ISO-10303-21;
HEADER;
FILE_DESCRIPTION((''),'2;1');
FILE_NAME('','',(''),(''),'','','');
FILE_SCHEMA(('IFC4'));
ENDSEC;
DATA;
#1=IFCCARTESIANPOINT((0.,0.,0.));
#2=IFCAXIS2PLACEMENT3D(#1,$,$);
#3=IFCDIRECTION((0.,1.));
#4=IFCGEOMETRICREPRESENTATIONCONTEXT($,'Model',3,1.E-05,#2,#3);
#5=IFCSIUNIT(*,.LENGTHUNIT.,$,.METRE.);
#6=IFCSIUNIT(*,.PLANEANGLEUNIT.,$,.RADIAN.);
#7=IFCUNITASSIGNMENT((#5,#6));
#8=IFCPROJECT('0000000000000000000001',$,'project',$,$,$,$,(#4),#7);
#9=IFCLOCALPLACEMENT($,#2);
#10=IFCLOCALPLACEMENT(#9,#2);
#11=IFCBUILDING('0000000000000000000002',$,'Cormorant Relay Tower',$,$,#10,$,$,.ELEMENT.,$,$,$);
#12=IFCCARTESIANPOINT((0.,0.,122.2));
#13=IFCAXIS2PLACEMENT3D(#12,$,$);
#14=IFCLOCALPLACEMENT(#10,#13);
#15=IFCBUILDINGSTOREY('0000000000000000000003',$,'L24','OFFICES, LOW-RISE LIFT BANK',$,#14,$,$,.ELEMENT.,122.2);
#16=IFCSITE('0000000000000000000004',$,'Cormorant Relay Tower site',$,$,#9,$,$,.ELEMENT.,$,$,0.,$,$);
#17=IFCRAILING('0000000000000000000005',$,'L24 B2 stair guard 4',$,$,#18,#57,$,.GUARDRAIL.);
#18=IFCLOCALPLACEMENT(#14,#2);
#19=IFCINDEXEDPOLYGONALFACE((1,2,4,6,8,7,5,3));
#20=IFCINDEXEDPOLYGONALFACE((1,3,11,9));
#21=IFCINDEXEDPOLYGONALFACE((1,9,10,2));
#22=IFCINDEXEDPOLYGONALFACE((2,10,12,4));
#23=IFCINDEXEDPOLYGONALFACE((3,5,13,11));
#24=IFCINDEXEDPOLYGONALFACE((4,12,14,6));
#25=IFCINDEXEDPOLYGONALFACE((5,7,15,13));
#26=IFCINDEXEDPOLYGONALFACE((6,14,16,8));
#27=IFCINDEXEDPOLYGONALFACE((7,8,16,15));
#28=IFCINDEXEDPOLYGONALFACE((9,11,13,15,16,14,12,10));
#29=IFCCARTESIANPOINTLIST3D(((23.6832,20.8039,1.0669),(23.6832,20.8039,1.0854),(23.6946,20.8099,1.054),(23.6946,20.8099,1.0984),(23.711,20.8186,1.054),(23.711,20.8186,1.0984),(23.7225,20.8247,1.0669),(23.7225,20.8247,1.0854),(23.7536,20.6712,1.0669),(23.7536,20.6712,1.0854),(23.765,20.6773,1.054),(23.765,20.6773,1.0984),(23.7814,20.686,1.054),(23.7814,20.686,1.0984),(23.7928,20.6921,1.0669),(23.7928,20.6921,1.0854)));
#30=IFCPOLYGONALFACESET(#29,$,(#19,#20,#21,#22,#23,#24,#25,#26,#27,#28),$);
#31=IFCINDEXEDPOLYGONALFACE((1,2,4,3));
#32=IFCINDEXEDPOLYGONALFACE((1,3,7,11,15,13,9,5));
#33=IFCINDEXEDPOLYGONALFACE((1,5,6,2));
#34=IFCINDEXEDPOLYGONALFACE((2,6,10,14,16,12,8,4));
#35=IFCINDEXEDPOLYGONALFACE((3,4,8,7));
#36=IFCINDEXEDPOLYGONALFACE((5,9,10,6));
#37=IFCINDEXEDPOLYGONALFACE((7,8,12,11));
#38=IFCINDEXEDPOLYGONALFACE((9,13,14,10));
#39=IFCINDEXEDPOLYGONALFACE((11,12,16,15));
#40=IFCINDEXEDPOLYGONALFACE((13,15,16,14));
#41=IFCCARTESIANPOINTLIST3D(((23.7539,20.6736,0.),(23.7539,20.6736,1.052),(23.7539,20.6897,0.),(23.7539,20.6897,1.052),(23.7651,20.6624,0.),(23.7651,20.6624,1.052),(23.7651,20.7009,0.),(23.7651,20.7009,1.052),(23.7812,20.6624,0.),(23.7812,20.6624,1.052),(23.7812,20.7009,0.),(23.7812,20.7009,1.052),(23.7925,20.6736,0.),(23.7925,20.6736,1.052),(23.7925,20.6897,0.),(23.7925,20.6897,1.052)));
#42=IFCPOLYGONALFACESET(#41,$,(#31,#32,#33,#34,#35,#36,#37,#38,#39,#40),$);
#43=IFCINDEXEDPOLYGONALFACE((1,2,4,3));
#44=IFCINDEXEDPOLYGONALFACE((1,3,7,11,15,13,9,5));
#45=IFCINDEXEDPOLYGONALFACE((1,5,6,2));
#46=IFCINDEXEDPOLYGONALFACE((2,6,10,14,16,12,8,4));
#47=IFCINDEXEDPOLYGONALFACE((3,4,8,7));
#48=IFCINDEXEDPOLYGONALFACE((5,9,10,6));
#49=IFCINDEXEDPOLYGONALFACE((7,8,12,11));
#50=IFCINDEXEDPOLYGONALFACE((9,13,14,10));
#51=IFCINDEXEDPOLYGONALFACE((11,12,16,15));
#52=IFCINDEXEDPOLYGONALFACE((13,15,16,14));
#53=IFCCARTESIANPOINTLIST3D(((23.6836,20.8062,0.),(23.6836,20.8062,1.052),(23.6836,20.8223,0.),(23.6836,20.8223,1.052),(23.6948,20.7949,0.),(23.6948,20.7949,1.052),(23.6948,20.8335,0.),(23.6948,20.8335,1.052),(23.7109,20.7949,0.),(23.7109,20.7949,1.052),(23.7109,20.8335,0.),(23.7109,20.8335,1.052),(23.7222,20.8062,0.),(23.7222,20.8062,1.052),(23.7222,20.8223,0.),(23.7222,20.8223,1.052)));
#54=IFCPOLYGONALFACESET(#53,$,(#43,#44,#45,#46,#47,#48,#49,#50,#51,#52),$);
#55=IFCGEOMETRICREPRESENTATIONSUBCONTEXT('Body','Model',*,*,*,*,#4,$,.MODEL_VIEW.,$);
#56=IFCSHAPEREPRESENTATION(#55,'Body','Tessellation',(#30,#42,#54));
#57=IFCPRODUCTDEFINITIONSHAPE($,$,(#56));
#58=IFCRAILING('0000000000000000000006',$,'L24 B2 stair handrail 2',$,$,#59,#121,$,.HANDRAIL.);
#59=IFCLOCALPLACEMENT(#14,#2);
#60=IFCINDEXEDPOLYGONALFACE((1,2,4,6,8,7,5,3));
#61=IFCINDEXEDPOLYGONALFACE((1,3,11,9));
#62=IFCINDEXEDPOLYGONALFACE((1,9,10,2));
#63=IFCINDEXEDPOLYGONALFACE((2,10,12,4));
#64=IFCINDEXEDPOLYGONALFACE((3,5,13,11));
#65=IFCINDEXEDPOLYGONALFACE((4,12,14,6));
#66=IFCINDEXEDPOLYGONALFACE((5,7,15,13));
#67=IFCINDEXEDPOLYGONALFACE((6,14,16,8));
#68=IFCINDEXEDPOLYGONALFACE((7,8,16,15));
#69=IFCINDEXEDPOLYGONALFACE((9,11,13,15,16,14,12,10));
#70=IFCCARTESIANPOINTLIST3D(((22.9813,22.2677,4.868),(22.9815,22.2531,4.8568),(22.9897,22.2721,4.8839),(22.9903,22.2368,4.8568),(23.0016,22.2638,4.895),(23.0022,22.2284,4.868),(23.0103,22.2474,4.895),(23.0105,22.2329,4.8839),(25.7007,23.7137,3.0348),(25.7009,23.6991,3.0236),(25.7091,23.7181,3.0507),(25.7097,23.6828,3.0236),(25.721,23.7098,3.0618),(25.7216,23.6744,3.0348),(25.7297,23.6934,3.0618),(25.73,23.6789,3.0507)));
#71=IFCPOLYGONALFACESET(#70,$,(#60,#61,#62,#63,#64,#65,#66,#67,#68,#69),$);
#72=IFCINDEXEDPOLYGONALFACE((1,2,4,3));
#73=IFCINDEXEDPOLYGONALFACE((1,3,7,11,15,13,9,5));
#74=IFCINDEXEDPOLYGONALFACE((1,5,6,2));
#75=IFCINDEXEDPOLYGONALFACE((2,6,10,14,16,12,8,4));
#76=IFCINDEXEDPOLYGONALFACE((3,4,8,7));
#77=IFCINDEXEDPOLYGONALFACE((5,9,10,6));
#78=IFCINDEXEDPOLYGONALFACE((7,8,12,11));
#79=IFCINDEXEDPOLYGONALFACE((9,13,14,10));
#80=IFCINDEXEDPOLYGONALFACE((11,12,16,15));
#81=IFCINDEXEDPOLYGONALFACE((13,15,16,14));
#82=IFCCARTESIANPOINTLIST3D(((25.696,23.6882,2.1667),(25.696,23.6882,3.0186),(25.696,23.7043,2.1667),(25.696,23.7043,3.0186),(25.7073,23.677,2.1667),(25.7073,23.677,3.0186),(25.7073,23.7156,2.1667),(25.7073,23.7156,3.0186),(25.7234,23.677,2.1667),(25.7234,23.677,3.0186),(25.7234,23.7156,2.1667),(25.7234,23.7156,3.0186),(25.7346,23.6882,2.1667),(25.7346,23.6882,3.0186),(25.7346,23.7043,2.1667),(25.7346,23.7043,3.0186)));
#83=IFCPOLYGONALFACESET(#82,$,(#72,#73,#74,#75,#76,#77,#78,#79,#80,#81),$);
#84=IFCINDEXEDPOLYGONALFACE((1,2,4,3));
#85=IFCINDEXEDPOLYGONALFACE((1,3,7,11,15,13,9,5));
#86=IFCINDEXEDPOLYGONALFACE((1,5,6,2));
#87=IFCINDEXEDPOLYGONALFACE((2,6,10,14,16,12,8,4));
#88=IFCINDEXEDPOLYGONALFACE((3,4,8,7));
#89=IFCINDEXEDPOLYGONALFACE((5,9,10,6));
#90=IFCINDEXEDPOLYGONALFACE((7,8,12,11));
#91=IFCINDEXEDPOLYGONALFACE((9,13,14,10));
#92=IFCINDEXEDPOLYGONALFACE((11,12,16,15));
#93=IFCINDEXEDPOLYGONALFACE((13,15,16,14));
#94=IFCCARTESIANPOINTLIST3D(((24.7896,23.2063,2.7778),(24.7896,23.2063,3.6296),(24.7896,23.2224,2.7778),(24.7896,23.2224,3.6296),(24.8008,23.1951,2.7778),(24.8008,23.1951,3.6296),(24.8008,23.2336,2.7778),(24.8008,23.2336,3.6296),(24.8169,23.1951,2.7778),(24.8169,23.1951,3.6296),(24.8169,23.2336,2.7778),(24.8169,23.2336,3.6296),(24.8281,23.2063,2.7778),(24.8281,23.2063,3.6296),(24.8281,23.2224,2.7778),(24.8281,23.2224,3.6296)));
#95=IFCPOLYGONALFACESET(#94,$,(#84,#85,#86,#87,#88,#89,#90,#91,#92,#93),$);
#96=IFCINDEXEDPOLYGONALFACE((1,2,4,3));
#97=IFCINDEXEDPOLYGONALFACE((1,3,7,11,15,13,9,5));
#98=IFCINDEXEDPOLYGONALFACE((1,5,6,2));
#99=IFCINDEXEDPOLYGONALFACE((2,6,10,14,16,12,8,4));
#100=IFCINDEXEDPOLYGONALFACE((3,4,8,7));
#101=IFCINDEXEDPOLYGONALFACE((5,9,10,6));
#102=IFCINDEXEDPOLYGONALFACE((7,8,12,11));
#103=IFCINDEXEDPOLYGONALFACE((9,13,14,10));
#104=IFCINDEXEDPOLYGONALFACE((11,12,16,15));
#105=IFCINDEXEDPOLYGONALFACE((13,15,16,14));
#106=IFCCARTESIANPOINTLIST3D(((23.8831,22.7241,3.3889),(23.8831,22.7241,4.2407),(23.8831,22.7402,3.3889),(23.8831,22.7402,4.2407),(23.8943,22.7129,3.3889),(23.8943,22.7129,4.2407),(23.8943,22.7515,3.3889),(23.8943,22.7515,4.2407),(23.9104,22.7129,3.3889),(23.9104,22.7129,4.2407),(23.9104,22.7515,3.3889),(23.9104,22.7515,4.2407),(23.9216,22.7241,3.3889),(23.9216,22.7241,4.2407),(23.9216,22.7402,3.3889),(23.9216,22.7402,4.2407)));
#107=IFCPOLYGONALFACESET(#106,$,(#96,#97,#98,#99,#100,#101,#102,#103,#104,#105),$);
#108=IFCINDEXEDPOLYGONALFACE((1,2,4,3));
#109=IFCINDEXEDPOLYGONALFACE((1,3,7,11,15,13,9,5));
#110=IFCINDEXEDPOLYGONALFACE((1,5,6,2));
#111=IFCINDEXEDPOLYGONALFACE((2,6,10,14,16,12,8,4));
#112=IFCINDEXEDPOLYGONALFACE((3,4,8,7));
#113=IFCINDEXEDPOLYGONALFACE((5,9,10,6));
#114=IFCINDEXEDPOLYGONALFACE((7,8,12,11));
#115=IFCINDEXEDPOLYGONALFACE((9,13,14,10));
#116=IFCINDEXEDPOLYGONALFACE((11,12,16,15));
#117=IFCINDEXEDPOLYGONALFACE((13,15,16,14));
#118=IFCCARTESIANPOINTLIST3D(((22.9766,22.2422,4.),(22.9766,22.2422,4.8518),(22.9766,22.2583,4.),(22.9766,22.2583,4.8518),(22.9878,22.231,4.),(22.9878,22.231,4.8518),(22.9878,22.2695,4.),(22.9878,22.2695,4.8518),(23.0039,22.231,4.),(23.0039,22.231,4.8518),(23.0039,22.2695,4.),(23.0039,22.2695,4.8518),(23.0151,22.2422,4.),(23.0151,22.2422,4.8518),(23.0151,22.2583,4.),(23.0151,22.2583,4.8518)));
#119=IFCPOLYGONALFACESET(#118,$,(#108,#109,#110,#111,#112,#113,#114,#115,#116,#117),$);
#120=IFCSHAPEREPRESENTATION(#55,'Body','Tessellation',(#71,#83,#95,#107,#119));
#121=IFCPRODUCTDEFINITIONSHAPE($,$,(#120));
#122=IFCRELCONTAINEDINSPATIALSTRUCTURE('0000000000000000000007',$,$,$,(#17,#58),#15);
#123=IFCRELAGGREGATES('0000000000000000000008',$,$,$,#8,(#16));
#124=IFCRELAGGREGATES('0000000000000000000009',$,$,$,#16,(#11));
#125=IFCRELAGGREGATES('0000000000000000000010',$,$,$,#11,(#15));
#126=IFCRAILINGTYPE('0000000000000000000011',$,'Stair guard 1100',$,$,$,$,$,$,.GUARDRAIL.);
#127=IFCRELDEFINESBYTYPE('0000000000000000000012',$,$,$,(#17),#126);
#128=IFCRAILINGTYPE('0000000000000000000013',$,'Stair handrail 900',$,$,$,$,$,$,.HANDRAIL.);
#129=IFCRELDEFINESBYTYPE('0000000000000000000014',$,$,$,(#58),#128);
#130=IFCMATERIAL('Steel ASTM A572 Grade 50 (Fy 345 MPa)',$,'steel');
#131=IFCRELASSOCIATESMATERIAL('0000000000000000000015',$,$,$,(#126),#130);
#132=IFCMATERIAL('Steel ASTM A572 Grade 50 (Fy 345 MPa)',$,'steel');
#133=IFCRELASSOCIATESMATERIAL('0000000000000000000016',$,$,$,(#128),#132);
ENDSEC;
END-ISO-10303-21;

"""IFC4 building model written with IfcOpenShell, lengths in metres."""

from ifc_helpers import new_model, si_unit, direction, frame, origin, place, context, subcontext, project, spatial, polyline, outline, extrude, material, type_object, element, save


model = new_model("IFC4")

# Units and contexts
model_context = context("Model", 3, precision=1e-05, world=origin(), true_north=direction((0.0, 1.0)))
body_context = subcontext(model_context, "Body", "Model", "MODEL_VIEW")
ifc_project = project(units=[si_unit("LENGTHUNIT", "METRE"), si_unit("PLANEANGLEUNIT", "RADIAN")], contexts=[model_context])

# Site, building, storey
site_placement = place(None, origin())
site = spatial("IfcSite", under=ifc_project, at=site_placement, Name="Cormorant Relay Tower site", CompositionType="ELEMENT", RefElevation=0.0)
building_placement = place(site_placement, origin())
building = spatial("IfcBuilding", under=site, at=building_placement, Name="Cormorant Relay Tower", CompositionType="ELEMENT")
storey_placement = place(building_placement, frame((0.0, 0.0, 122.2)))
storey = spatial("IfcBuildingStorey", under=building, at=storey_placement, Name="L24", Description="OFFICES, LOW-RISE LIFT BANK", CompositionType="ELEMENT", Elevation=122.2)

# Railings
ifc_material_1 = material(Name="Steel ASTM A572 Grade 50 (Fy 345 MPa)", Category="steel")
railing_type_1 = type_object("IfcRailingType", Name="Stair guard 1100", PredefinedType="GUARDRAIL", material=ifc_material_1)
railing_1_placement = place(storey_placement, frame((23.7732, 20.6816, 0.0)))
element("IfcRailing", 1, at=railing_1_placement, inside=storey, type_object=railing_type_1, Name="L24 B2 stair guard 4", PredefinedType="GUARDRAIL", context=body_context, shape_type="SweptSolid", body=[
    extrude(outline(polyline([(0.0222, 0.0093), (0.0093, 0.0222), (-0.0093, 0.0222), (-0.0222, 0.0093), (-0.0222, -0.0093), (-0.0093, -0.0222), (0.0093, -0.0222), (0.0222, -0.0093), (0.0222, 0.0093)])), frame((0.0, 0.0, 1.0762), z_axis=(-0.46856, 0.883431, 0.0), x_axis=(-0.883431, -0.46856, 0.0)), (0.0, 0.0, 1.0), 0.1501),
    extrude(outline(polyline([(0.0193, 0.0081), (0.0081, 0.0193), (-0.0081, 0.0193), (-0.0193, 0.0081), (-0.0193, -0.0081), (-0.0081, -0.0193), (0.0081, -0.0193), (0.0193, -0.0081), (0.0193, 0.0081)])), origin(), (0.0, 0.0, 1.0), 1.052),
    extrude(outline(polyline([(0.0193, 0.0081), (0.0081, 0.0193), (-0.0081, 0.0193), (-0.0193, 0.0081), (-0.0193, -0.0081), (-0.0081, -0.0193), (0.0081, -0.0193), (0.0193, -0.0081), (0.0193, 0.0081)])), frame((-0.0703, 0.1326, 0.0)), (0.0, 0.0, 1.0), 1.052),
])
ifc_material_2 = material(Name="Steel ASTM A572 Grade 50 (Fy 345 MPa)", Category="steel")
railing_type_2 = type_object("IfcRailingType", Name="Stair handrail 900", PredefinedType="HANDRAIL", material=ifc_material_2)
railing_2_placement = place(storey_placement, frame((25.7153, 23.6963, 2.1667)))
element("IfcRailing", 2, at=railing_2_placement, inside=storey, type_object=railing_type_2, Name="L24 B2 stair handrail 2", PredefinedType="HANDRAIL", context=body_context, shape_type="SweptSolid", body=[
    extrude(outline(polyline([(0.0222, 0.0093), (0.0093, 0.0222), (-0.0093, 0.0222), (-0.0222, 0.0093), (-0.0222, -0.0093), (-0.0093, -0.0222), (0.0093, -0.0222), (0.0222, -0.0093), (0.0222, 0.0093)])), frame((0.0, 0.0, 0.876), z_axis=(-0.758714, -0.403435, 0.511463), x_axis=(0.469489, -0.882938, 0.0)), (0.0, 0.0, 1.0), 3.5842),
    extrude(outline(polyline([(0.0193, 0.0081), (0.0081, 0.0193), (-0.0081, 0.0193), (-0.0193, 0.0081), (-0.0193, -0.0081), (-0.0081, -0.0193), (0.0081, -0.0193), (0.0193, -0.0081), (0.0193, 0.0081)])), origin(), (0.0, 0.0, 1.0), 0.8518),
    extrude(outline(polyline([(0.0193, 0.0081), (0.0081, 0.0193), (-0.0081, 0.0193), (-0.0193, 0.0081), (-0.0193, -0.0081), (-0.0081, -0.0193), (0.0081, -0.0193), (0.0193, -0.0081), (0.0193, 0.0081)])), frame((-0.9065, -0.4819, 0.6111)), (0.0, 0.0, 1.0), 0.8518),
    extrude(outline(polyline([(0.0193, 0.0081), (0.0081, 0.0193), (-0.0081, 0.0193), (-0.0193, 0.0081), (-0.0193, -0.0081), (-0.0081, -0.0193), (0.0081, -0.0193), (0.0193, -0.0081), (0.0193, 0.0081)])), frame((-1.813, -0.9641, 1.2222)), (0.0, 0.0, 1.0), 0.8518),
    extrude(outline(polyline([(0.0193, 0.0081), (0.0081, 0.0193), (-0.0081, 0.0193), (-0.0193, 0.0081), (-0.0193, -0.0081), (-0.0081, -0.0193), (0.0081, -0.0193), (0.0193, -0.0081), (0.0193, 0.0081)])), frame((-2.7195, -1.446, 1.8333)), (0.0, 0.0, 1.0), 0.8518),
])

save(model, "model.ifc")
